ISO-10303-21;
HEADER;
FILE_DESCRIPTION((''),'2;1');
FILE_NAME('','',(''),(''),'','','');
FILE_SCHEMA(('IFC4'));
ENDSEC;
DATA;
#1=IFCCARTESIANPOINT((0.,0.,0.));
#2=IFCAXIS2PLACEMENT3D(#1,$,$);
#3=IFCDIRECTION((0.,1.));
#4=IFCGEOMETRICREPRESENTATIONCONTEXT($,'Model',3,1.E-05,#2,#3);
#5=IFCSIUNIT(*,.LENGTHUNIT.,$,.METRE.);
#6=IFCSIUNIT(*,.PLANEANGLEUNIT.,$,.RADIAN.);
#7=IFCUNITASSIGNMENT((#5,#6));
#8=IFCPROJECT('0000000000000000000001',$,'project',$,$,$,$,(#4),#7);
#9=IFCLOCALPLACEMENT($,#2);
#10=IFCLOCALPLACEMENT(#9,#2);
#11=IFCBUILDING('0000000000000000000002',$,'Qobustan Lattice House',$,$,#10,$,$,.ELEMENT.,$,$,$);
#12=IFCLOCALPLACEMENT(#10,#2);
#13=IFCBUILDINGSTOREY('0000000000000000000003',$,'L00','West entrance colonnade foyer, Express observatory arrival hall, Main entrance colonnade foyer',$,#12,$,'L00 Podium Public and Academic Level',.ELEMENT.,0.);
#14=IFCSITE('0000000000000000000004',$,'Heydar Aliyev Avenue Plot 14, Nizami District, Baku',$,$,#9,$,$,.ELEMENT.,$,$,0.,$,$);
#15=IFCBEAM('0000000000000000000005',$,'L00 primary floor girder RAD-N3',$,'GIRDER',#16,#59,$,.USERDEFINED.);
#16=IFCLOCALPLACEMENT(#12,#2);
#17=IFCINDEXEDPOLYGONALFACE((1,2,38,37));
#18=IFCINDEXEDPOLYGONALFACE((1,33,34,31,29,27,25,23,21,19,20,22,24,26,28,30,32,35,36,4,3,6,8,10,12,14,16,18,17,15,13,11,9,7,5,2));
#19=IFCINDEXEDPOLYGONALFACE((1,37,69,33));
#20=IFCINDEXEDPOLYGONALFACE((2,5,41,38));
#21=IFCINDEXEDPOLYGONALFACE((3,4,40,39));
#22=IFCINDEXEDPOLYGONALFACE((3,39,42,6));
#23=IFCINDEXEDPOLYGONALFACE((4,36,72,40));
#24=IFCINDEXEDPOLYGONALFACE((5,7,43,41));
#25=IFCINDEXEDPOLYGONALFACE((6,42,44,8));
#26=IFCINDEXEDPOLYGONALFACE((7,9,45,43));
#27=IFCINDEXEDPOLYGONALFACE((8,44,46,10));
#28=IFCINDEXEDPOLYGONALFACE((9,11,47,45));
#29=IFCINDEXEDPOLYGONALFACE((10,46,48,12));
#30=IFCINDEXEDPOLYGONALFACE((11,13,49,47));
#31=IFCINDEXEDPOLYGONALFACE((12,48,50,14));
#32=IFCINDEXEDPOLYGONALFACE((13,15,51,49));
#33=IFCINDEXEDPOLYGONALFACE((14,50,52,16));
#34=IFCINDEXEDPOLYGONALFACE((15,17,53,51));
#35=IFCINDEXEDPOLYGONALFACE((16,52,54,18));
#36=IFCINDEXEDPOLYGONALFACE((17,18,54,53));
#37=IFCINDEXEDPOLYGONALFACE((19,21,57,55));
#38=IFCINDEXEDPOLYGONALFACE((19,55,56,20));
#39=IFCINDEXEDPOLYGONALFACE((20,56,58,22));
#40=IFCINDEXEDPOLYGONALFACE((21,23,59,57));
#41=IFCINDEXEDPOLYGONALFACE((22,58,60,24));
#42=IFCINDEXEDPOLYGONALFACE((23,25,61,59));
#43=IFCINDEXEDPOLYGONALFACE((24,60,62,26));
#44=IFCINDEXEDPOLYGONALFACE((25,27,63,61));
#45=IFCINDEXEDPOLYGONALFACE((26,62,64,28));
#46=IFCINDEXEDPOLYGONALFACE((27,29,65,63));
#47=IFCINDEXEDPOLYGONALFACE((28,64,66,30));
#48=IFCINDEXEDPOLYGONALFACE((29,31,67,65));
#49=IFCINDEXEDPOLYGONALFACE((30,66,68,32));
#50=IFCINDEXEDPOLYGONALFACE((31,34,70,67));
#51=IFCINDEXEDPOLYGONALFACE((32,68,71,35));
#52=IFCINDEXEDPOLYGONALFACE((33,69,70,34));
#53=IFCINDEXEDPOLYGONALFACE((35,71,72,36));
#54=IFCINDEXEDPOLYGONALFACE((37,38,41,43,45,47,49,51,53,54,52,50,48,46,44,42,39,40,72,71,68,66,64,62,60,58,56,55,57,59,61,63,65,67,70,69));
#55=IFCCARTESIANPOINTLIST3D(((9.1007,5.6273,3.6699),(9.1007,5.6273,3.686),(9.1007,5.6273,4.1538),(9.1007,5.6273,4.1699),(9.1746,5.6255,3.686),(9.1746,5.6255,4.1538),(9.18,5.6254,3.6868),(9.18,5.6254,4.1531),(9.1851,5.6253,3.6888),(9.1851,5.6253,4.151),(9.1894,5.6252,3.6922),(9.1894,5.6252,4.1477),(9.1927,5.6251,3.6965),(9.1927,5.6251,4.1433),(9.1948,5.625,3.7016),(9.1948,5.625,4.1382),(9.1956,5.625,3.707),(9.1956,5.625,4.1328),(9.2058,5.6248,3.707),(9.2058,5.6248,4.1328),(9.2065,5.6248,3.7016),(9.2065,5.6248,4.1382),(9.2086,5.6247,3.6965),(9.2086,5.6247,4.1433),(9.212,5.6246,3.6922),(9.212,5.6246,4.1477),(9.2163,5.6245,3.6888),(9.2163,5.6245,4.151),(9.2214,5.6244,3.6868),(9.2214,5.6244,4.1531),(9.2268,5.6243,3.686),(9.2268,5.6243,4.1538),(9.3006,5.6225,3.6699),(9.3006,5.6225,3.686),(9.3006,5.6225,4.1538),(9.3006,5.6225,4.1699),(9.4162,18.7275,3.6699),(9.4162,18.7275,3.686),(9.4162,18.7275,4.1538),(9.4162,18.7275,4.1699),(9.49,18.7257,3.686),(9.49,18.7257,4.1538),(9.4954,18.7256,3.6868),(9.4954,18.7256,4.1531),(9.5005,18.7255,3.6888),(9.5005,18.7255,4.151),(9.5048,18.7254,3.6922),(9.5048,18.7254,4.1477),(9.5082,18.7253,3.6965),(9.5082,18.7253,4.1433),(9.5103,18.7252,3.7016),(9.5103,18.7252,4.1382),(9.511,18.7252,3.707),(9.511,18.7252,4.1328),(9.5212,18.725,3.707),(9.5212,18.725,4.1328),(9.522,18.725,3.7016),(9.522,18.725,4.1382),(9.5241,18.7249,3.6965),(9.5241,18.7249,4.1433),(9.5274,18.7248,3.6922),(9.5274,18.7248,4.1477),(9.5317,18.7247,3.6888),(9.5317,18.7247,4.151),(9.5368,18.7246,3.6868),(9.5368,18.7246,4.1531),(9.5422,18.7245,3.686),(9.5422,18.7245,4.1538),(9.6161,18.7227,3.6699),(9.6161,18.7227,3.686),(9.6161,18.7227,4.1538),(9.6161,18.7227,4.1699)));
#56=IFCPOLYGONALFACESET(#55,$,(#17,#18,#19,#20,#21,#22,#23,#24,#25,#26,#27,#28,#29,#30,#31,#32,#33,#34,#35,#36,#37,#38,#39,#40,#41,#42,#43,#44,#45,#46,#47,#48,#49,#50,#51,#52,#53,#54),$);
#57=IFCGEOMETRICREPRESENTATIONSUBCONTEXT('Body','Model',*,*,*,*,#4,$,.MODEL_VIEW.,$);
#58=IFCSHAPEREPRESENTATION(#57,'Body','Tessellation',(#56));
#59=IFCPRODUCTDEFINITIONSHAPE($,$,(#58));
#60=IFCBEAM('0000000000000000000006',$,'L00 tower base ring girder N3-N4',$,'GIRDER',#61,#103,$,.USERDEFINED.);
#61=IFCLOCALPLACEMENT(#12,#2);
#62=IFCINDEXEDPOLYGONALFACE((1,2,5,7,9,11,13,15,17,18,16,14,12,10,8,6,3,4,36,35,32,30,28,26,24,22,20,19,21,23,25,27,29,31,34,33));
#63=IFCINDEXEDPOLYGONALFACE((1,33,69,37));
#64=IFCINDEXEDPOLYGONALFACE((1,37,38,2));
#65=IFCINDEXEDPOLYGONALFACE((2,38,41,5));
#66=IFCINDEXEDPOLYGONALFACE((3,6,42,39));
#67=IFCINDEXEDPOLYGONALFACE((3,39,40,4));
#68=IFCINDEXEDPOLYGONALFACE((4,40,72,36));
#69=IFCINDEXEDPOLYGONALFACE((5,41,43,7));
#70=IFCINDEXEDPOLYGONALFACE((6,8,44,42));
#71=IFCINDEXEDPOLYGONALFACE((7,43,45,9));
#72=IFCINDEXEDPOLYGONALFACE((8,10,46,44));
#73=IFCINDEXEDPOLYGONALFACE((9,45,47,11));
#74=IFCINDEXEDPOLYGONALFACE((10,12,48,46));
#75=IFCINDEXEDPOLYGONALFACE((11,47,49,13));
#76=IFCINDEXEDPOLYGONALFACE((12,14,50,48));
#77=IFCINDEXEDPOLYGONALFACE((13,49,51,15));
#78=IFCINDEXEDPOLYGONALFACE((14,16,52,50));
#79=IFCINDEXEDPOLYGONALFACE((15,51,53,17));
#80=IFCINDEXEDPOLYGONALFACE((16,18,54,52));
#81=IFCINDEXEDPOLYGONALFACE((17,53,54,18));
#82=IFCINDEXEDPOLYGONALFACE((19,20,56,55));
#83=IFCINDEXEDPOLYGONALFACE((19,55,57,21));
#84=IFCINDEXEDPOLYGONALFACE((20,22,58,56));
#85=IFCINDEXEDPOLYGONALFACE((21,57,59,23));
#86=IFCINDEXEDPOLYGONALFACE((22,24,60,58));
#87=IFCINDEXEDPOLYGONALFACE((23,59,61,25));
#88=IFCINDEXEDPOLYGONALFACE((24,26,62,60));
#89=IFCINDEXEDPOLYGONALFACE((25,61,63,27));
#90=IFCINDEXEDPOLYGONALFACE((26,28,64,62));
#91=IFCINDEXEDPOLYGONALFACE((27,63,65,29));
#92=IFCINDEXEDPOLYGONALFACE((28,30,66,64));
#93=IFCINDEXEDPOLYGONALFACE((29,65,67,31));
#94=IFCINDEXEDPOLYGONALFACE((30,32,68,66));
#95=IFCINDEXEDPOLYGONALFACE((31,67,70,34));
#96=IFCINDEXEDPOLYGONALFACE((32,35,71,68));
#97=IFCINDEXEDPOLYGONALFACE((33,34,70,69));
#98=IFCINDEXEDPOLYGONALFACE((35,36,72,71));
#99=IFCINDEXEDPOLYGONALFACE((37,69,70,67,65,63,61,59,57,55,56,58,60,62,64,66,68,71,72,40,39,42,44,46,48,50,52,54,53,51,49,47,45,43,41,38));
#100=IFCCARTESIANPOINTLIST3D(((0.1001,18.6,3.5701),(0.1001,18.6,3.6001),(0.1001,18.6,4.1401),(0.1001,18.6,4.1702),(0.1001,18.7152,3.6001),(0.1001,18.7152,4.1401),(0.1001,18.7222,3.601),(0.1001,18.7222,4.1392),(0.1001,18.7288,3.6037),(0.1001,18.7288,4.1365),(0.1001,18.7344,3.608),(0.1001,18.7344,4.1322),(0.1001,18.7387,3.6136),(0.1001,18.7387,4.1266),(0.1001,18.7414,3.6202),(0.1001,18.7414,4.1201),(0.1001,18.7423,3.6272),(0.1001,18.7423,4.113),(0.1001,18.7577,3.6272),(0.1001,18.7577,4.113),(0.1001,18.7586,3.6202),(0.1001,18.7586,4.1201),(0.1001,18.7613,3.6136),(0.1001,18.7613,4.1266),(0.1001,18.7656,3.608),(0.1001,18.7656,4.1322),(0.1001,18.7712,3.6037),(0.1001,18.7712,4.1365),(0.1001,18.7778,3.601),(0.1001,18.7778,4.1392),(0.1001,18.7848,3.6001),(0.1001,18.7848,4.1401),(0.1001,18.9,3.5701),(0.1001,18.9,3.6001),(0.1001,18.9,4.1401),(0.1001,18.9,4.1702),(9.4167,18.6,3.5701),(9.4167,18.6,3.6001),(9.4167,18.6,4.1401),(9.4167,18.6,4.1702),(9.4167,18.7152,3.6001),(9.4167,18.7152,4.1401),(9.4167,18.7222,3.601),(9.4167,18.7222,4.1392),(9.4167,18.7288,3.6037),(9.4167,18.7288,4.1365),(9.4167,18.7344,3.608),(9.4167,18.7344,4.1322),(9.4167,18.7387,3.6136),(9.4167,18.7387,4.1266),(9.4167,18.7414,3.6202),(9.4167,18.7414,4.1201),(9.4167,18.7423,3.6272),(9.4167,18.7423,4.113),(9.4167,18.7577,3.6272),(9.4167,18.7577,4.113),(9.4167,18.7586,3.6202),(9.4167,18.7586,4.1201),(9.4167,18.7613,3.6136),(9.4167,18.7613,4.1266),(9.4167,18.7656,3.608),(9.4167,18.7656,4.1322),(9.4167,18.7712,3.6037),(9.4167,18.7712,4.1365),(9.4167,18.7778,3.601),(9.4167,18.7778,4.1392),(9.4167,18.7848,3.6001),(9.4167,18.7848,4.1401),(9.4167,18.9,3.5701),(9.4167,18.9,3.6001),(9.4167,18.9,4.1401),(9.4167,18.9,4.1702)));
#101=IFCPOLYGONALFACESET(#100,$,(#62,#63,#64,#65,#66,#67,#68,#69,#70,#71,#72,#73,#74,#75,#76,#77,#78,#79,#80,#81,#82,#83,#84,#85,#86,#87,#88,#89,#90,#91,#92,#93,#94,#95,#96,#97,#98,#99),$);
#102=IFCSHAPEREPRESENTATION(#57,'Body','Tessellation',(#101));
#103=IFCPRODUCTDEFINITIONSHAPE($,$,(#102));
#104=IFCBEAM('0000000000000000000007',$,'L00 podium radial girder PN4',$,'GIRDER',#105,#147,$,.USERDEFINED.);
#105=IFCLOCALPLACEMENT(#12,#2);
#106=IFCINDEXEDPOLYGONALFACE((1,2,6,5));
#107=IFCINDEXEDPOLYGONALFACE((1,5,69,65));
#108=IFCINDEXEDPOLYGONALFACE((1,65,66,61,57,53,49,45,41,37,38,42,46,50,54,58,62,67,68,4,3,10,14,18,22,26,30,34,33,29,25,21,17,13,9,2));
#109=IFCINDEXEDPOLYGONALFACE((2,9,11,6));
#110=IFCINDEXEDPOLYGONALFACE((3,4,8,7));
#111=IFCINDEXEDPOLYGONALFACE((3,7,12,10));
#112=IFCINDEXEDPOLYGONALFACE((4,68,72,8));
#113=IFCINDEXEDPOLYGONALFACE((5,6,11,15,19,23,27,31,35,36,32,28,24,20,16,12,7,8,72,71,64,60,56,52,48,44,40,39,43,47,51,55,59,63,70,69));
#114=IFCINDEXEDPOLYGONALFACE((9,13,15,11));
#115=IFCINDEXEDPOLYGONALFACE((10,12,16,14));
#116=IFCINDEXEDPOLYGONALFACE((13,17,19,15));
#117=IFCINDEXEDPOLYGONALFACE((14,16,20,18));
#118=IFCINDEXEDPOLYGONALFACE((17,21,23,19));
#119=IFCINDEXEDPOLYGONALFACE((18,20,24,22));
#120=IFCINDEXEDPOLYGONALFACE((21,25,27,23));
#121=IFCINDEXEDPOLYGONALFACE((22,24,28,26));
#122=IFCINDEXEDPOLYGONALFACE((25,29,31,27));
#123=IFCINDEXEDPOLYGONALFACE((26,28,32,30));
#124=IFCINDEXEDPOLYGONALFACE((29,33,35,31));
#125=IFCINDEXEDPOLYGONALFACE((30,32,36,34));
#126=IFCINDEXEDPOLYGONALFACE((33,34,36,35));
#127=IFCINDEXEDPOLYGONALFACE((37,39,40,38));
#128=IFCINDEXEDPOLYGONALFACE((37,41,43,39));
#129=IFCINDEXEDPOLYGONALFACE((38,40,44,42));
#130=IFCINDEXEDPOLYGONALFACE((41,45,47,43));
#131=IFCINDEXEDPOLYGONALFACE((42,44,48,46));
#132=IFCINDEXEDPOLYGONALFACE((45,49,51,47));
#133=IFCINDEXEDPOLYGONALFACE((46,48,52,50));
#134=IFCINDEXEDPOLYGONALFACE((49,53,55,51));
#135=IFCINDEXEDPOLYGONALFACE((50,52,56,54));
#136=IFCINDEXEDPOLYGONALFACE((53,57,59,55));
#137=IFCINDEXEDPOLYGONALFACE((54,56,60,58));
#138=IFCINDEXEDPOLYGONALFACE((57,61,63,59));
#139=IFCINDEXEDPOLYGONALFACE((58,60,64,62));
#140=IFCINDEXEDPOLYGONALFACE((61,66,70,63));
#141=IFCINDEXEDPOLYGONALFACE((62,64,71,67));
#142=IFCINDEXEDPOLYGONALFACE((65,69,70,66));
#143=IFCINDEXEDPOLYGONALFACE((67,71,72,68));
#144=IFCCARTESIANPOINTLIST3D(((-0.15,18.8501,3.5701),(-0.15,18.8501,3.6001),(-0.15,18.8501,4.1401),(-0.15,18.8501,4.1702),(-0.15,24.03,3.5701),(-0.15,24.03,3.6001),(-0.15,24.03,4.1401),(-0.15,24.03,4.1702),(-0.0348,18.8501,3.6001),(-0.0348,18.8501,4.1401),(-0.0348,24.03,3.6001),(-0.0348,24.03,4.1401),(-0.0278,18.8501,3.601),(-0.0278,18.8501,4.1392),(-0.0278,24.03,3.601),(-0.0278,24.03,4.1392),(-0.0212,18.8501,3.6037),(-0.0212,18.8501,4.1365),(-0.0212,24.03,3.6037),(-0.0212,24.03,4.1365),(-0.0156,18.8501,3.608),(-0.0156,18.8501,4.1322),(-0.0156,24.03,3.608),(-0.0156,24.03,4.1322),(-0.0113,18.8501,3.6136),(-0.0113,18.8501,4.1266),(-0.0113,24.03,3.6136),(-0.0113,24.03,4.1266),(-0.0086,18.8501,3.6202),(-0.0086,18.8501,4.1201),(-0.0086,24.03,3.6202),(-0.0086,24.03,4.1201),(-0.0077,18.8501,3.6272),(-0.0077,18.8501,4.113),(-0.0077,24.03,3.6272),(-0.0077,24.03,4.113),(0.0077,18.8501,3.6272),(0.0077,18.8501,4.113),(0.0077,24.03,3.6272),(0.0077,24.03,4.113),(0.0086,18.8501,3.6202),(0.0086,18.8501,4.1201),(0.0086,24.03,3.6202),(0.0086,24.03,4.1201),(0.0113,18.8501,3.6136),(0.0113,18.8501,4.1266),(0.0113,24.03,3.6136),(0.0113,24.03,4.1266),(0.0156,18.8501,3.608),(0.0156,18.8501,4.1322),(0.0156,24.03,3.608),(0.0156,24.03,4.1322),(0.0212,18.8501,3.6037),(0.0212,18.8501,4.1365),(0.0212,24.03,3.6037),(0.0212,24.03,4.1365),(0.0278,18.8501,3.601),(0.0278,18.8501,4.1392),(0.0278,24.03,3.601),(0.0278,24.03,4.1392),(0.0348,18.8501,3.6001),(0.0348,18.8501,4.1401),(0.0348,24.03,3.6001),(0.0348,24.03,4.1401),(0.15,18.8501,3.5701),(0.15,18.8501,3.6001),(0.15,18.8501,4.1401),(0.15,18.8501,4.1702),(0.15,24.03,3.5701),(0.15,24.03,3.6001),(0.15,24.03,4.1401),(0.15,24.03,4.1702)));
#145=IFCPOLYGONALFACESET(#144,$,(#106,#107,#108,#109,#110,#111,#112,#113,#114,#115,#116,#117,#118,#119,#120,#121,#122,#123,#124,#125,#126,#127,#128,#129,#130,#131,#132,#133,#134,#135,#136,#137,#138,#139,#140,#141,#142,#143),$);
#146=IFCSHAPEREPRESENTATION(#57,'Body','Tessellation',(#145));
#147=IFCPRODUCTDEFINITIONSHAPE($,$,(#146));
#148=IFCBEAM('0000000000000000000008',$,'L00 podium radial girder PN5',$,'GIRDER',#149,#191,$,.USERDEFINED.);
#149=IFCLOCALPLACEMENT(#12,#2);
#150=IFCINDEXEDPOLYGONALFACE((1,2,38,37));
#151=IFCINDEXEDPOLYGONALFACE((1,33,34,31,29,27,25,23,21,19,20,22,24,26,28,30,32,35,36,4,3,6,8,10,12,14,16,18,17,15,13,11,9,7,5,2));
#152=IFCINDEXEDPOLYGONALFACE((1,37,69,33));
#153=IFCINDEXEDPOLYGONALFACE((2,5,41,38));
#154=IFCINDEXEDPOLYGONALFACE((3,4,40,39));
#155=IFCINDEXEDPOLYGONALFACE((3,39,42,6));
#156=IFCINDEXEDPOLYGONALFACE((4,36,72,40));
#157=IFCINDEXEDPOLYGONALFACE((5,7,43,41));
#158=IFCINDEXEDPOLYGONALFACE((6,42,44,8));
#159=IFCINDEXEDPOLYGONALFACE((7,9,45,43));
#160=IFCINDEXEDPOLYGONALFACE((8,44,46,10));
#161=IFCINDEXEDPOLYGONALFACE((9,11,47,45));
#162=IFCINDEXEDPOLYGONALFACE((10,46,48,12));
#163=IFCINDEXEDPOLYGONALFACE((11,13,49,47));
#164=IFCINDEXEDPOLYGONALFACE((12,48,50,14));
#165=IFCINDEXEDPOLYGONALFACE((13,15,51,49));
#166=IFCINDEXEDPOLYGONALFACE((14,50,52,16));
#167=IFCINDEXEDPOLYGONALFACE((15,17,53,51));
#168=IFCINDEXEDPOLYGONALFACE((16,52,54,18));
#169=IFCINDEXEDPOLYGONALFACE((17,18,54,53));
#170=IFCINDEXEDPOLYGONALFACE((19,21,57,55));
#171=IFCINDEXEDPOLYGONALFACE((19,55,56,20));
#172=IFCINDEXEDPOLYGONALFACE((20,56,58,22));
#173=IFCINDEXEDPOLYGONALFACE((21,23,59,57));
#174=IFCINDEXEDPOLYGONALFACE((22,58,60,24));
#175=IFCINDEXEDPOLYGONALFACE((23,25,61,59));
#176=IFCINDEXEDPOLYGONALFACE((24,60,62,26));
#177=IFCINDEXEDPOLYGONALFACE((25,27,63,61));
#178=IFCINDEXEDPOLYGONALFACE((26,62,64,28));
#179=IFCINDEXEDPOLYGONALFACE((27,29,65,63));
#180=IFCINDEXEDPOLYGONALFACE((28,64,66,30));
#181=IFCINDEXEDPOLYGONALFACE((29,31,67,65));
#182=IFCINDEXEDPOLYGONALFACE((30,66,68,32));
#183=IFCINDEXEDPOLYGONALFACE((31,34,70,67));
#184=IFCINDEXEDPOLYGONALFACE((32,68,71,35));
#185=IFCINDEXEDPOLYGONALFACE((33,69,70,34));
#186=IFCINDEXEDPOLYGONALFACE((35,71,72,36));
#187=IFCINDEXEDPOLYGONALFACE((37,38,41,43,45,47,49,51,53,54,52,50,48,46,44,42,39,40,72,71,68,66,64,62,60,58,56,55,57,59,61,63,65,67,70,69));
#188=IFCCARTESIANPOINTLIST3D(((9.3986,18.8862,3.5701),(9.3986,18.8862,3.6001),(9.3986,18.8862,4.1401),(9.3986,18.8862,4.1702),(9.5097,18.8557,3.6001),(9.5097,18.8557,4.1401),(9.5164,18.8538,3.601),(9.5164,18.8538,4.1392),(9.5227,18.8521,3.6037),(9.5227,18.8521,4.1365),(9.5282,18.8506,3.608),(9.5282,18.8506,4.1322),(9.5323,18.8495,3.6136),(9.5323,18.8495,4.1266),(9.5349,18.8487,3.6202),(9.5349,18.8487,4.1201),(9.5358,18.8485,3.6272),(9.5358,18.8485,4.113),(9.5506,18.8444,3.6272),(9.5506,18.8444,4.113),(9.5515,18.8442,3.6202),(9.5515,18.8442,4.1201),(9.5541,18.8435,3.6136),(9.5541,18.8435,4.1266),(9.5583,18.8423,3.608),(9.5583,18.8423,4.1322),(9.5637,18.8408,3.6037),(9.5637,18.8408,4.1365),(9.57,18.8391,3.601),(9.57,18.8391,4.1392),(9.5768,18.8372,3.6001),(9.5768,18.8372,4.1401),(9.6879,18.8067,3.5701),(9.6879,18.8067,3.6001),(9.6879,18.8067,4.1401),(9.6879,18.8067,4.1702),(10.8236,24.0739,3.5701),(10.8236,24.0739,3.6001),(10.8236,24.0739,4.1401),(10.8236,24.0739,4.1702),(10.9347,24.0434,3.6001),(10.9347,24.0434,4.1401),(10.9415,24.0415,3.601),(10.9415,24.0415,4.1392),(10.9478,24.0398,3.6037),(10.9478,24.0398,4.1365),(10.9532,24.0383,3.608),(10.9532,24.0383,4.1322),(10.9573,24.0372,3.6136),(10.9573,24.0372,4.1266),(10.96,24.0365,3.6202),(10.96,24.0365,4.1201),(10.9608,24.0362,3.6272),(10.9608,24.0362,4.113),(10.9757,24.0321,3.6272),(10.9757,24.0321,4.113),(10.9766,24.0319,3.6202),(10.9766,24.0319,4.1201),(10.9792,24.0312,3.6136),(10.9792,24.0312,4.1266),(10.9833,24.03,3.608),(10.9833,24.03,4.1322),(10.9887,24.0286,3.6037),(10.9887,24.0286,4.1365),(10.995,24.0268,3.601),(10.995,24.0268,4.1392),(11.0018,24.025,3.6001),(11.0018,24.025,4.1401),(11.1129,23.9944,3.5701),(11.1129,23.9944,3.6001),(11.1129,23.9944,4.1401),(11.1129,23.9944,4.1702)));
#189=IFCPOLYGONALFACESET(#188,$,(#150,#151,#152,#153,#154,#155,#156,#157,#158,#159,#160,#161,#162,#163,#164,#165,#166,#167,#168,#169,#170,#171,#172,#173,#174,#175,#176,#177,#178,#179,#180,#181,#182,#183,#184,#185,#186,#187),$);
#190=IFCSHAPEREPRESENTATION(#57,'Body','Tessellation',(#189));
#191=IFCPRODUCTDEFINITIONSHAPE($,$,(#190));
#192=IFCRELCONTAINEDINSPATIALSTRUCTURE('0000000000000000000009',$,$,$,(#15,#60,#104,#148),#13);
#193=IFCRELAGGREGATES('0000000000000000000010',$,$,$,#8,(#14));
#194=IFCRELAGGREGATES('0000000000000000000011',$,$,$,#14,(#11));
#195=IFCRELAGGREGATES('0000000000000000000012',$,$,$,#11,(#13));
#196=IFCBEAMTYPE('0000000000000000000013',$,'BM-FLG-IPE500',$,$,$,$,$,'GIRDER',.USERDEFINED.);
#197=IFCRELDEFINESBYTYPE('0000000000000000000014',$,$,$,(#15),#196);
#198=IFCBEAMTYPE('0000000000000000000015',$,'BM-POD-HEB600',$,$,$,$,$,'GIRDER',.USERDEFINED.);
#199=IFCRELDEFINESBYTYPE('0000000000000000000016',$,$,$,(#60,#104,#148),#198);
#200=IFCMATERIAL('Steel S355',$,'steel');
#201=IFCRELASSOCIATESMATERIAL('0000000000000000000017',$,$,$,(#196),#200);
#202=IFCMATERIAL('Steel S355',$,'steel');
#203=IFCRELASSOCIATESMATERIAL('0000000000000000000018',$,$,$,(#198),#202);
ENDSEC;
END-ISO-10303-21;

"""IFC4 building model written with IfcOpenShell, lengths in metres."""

from ifc_helpers import new_model, si_unit, direction, frame, origin, origin_2d, place, context, subcontext, project, spatial, i_section, extrude, material, material_profile, profile_set, type_object, element, save


model = new_model("IFC4")

# Units and contexts
model_context = context("Model", 3, precision=1e-05, world=origin(), true_north=direction((0.0, 1.0)))
body_context = subcontext(model_context, "Body", "Model", "MODEL_VIEW")
ifc_project = project(units=[si_unit("LENGTHUNIT", "METRE"), si_unit("PLANEANGLEUNIT", "RADIAN")], contexts=[model_context])

# Site, building, storey
site_placement = place(None, origin())
site = spatial("IfcSite", under=ifc_project, at=site_placement, Name="Heydar Aliyev Avenue Plot 14, Nizami District, Baku", CompositionType="ELEMENT", RefElevation=0.0)
building_placement = place(site_placement, origin())
building = spatial("IfcBuilding", under=site, at=building_placement, Name="Qobustan Lattice House", CompositionType="ELEMENT")
storey_placement = place(building_placement, origin())
storey = spatial("IfcBuildingStorey", under=building, at=storey_placement, Name="L00", Description="West entrance colonnade foyer, Express observatory arrival hall, Main entrance colonnade foyer", LongName="L00 Podium Public and Academic Level", CompositionType="ELEMENT", Elevation=0.0)

# Beams
ifc_material_1 = material(Name="Steel S355", Category="steel")
ifc_material_profile_1 = material_profile(ifc_material_1, i_section(OverallWidth=0.2, OverallDepth=0.5, WebThickness=0.0103, FlangeThickness=0.0161, FilletRadius=0.021, at=origin_2d()), Name="IPE500")
ifc_profile_set_1 = profile_set([ifc_material_profile_1], Name="Steel S355")
beam_type_1 = type_object("IfcBeamType", Name="BM-FLG-IPE500", ElementType="GIRDER", PredefinedType="USERDEFINED", material=ifc_profile_set_1)
beam_1_placement = place(storey_placement, frame((9.5161, 18.7251, 3.9199), z_axis=(-0.024071, -0.99971, 0.0), x_axis=(0.99971, -0.024071, 0.0)))
element("IfcBeam", 1, at=beam_1_placement, inside=storey, type_object=beam_type_1, Name="L00 primary floor girder RAD-N3", ObjectType="GIRDER", PredefinedType="USERDEFINED", context=body_context, shape_type="SweptSolid", body=[
    extrude(i_section(OverallWidth=0.2, OverallDepth=0.5, WebThickness=0.0103, FlangeThickness=0.0161, FilletRadius=0.021, at=origin_2d()), origin(), (0.0, 0.0, 1.0), 13.104),
])
ifc_material_2 = material(Name="Steel S355", Category="steel")
ifc_material_profile_2 = material_profile(ifc_material_2, i_section(OverallWidth=0.3, OverallDepth=0.6001, WebThickness=0.0154, FlangeThickness=0.03, FilletRadius=0.0271, at=origin_2d()), Name="HEB600")
ifc_profile_set_2 = profile_set([ifc_material_profile_2], Name="Steel S355")
beam_type_2 = type_object("IfcBeamType", Name="BM-POD-HEB600", ElementType="GIRDER", PredefinedType="USERDEFINED", material=ifc_profile_set_2)
beam_2_placement = place(storey_placement, frame((9.4167, 18.75, 3.8701), z_axis=(-1.0, 0.0, 0.0), x_axis=(0.0, -1.0, 0.0)))
element("IfcBeam", 2, at=beam_2_placement, inside=storey, type_object=beam_type_2, Name="L00 tower base ring girder N3-N4", ObjectType="GIRDER", PredefinedType="USERDEFINED", context=body_context, shape_type="SweptSolid", body=[
    extrude(i_section(OverallWidth=0.3, OverallDepth=0.6001, WebThickness=0.0154, FlangeThickness=0.03, FilletRadius=0.0271, at=origin_2d()), origin(), (0.0, 0.0, 1.0), 9.3167),
])
beam_3_placement = place(storey_placement, frame((0.0, 24.03, 3.8701), z_axis=(0.0, -1.0, 0.0), x_axis=(1.0, 0.0, 0.0)))
element("IfcBeam", 3, at=beam_3_placement, inside=storey, type_object=beam_type_2, Name="L00 podium radial girder PN4", ObjectType="GIRDER", PredefinedType="USERDEFINED", context=body_context, shape_type="SweptSolid", body=[
    extrude(i_section(OverallWidth=0.3, OverallDepth=0.6001, WebThickness=0.0154, FlangeThickness=0.03, FilletRadius=0.0271, at=origin_2d()), origin(), (0.0, 0.0, 1.0), 5.1799),
])
beam_4_placement = place(storey_placement, frame((10.9683, 24.0342, 3.8701), z_axis=(-0.264883, -0.96428, 0.0), x_axis=(0.96428, -0.264883, 0.0)))
element("IfcBeam", 4, at=beam_4_placement, inside=storey, type_object=beam_type_2, Name="L00 podium radial girder PN5", ObjectType="GIRDER", PredefinedType="USERDEFINED", context=body_context, shape_type="SweptSolid", body=[
    extrude(i_section(OverallWidth=0.3, OverallDepth=0.6001, WebThickness=0.0154, FlangeThickness=0.03, FilletRadius=0.0271, at=origin_2d()), origin(), (0.0, 0.0, 1.0), 5.3799),
])

save(model, "model.ifc")
